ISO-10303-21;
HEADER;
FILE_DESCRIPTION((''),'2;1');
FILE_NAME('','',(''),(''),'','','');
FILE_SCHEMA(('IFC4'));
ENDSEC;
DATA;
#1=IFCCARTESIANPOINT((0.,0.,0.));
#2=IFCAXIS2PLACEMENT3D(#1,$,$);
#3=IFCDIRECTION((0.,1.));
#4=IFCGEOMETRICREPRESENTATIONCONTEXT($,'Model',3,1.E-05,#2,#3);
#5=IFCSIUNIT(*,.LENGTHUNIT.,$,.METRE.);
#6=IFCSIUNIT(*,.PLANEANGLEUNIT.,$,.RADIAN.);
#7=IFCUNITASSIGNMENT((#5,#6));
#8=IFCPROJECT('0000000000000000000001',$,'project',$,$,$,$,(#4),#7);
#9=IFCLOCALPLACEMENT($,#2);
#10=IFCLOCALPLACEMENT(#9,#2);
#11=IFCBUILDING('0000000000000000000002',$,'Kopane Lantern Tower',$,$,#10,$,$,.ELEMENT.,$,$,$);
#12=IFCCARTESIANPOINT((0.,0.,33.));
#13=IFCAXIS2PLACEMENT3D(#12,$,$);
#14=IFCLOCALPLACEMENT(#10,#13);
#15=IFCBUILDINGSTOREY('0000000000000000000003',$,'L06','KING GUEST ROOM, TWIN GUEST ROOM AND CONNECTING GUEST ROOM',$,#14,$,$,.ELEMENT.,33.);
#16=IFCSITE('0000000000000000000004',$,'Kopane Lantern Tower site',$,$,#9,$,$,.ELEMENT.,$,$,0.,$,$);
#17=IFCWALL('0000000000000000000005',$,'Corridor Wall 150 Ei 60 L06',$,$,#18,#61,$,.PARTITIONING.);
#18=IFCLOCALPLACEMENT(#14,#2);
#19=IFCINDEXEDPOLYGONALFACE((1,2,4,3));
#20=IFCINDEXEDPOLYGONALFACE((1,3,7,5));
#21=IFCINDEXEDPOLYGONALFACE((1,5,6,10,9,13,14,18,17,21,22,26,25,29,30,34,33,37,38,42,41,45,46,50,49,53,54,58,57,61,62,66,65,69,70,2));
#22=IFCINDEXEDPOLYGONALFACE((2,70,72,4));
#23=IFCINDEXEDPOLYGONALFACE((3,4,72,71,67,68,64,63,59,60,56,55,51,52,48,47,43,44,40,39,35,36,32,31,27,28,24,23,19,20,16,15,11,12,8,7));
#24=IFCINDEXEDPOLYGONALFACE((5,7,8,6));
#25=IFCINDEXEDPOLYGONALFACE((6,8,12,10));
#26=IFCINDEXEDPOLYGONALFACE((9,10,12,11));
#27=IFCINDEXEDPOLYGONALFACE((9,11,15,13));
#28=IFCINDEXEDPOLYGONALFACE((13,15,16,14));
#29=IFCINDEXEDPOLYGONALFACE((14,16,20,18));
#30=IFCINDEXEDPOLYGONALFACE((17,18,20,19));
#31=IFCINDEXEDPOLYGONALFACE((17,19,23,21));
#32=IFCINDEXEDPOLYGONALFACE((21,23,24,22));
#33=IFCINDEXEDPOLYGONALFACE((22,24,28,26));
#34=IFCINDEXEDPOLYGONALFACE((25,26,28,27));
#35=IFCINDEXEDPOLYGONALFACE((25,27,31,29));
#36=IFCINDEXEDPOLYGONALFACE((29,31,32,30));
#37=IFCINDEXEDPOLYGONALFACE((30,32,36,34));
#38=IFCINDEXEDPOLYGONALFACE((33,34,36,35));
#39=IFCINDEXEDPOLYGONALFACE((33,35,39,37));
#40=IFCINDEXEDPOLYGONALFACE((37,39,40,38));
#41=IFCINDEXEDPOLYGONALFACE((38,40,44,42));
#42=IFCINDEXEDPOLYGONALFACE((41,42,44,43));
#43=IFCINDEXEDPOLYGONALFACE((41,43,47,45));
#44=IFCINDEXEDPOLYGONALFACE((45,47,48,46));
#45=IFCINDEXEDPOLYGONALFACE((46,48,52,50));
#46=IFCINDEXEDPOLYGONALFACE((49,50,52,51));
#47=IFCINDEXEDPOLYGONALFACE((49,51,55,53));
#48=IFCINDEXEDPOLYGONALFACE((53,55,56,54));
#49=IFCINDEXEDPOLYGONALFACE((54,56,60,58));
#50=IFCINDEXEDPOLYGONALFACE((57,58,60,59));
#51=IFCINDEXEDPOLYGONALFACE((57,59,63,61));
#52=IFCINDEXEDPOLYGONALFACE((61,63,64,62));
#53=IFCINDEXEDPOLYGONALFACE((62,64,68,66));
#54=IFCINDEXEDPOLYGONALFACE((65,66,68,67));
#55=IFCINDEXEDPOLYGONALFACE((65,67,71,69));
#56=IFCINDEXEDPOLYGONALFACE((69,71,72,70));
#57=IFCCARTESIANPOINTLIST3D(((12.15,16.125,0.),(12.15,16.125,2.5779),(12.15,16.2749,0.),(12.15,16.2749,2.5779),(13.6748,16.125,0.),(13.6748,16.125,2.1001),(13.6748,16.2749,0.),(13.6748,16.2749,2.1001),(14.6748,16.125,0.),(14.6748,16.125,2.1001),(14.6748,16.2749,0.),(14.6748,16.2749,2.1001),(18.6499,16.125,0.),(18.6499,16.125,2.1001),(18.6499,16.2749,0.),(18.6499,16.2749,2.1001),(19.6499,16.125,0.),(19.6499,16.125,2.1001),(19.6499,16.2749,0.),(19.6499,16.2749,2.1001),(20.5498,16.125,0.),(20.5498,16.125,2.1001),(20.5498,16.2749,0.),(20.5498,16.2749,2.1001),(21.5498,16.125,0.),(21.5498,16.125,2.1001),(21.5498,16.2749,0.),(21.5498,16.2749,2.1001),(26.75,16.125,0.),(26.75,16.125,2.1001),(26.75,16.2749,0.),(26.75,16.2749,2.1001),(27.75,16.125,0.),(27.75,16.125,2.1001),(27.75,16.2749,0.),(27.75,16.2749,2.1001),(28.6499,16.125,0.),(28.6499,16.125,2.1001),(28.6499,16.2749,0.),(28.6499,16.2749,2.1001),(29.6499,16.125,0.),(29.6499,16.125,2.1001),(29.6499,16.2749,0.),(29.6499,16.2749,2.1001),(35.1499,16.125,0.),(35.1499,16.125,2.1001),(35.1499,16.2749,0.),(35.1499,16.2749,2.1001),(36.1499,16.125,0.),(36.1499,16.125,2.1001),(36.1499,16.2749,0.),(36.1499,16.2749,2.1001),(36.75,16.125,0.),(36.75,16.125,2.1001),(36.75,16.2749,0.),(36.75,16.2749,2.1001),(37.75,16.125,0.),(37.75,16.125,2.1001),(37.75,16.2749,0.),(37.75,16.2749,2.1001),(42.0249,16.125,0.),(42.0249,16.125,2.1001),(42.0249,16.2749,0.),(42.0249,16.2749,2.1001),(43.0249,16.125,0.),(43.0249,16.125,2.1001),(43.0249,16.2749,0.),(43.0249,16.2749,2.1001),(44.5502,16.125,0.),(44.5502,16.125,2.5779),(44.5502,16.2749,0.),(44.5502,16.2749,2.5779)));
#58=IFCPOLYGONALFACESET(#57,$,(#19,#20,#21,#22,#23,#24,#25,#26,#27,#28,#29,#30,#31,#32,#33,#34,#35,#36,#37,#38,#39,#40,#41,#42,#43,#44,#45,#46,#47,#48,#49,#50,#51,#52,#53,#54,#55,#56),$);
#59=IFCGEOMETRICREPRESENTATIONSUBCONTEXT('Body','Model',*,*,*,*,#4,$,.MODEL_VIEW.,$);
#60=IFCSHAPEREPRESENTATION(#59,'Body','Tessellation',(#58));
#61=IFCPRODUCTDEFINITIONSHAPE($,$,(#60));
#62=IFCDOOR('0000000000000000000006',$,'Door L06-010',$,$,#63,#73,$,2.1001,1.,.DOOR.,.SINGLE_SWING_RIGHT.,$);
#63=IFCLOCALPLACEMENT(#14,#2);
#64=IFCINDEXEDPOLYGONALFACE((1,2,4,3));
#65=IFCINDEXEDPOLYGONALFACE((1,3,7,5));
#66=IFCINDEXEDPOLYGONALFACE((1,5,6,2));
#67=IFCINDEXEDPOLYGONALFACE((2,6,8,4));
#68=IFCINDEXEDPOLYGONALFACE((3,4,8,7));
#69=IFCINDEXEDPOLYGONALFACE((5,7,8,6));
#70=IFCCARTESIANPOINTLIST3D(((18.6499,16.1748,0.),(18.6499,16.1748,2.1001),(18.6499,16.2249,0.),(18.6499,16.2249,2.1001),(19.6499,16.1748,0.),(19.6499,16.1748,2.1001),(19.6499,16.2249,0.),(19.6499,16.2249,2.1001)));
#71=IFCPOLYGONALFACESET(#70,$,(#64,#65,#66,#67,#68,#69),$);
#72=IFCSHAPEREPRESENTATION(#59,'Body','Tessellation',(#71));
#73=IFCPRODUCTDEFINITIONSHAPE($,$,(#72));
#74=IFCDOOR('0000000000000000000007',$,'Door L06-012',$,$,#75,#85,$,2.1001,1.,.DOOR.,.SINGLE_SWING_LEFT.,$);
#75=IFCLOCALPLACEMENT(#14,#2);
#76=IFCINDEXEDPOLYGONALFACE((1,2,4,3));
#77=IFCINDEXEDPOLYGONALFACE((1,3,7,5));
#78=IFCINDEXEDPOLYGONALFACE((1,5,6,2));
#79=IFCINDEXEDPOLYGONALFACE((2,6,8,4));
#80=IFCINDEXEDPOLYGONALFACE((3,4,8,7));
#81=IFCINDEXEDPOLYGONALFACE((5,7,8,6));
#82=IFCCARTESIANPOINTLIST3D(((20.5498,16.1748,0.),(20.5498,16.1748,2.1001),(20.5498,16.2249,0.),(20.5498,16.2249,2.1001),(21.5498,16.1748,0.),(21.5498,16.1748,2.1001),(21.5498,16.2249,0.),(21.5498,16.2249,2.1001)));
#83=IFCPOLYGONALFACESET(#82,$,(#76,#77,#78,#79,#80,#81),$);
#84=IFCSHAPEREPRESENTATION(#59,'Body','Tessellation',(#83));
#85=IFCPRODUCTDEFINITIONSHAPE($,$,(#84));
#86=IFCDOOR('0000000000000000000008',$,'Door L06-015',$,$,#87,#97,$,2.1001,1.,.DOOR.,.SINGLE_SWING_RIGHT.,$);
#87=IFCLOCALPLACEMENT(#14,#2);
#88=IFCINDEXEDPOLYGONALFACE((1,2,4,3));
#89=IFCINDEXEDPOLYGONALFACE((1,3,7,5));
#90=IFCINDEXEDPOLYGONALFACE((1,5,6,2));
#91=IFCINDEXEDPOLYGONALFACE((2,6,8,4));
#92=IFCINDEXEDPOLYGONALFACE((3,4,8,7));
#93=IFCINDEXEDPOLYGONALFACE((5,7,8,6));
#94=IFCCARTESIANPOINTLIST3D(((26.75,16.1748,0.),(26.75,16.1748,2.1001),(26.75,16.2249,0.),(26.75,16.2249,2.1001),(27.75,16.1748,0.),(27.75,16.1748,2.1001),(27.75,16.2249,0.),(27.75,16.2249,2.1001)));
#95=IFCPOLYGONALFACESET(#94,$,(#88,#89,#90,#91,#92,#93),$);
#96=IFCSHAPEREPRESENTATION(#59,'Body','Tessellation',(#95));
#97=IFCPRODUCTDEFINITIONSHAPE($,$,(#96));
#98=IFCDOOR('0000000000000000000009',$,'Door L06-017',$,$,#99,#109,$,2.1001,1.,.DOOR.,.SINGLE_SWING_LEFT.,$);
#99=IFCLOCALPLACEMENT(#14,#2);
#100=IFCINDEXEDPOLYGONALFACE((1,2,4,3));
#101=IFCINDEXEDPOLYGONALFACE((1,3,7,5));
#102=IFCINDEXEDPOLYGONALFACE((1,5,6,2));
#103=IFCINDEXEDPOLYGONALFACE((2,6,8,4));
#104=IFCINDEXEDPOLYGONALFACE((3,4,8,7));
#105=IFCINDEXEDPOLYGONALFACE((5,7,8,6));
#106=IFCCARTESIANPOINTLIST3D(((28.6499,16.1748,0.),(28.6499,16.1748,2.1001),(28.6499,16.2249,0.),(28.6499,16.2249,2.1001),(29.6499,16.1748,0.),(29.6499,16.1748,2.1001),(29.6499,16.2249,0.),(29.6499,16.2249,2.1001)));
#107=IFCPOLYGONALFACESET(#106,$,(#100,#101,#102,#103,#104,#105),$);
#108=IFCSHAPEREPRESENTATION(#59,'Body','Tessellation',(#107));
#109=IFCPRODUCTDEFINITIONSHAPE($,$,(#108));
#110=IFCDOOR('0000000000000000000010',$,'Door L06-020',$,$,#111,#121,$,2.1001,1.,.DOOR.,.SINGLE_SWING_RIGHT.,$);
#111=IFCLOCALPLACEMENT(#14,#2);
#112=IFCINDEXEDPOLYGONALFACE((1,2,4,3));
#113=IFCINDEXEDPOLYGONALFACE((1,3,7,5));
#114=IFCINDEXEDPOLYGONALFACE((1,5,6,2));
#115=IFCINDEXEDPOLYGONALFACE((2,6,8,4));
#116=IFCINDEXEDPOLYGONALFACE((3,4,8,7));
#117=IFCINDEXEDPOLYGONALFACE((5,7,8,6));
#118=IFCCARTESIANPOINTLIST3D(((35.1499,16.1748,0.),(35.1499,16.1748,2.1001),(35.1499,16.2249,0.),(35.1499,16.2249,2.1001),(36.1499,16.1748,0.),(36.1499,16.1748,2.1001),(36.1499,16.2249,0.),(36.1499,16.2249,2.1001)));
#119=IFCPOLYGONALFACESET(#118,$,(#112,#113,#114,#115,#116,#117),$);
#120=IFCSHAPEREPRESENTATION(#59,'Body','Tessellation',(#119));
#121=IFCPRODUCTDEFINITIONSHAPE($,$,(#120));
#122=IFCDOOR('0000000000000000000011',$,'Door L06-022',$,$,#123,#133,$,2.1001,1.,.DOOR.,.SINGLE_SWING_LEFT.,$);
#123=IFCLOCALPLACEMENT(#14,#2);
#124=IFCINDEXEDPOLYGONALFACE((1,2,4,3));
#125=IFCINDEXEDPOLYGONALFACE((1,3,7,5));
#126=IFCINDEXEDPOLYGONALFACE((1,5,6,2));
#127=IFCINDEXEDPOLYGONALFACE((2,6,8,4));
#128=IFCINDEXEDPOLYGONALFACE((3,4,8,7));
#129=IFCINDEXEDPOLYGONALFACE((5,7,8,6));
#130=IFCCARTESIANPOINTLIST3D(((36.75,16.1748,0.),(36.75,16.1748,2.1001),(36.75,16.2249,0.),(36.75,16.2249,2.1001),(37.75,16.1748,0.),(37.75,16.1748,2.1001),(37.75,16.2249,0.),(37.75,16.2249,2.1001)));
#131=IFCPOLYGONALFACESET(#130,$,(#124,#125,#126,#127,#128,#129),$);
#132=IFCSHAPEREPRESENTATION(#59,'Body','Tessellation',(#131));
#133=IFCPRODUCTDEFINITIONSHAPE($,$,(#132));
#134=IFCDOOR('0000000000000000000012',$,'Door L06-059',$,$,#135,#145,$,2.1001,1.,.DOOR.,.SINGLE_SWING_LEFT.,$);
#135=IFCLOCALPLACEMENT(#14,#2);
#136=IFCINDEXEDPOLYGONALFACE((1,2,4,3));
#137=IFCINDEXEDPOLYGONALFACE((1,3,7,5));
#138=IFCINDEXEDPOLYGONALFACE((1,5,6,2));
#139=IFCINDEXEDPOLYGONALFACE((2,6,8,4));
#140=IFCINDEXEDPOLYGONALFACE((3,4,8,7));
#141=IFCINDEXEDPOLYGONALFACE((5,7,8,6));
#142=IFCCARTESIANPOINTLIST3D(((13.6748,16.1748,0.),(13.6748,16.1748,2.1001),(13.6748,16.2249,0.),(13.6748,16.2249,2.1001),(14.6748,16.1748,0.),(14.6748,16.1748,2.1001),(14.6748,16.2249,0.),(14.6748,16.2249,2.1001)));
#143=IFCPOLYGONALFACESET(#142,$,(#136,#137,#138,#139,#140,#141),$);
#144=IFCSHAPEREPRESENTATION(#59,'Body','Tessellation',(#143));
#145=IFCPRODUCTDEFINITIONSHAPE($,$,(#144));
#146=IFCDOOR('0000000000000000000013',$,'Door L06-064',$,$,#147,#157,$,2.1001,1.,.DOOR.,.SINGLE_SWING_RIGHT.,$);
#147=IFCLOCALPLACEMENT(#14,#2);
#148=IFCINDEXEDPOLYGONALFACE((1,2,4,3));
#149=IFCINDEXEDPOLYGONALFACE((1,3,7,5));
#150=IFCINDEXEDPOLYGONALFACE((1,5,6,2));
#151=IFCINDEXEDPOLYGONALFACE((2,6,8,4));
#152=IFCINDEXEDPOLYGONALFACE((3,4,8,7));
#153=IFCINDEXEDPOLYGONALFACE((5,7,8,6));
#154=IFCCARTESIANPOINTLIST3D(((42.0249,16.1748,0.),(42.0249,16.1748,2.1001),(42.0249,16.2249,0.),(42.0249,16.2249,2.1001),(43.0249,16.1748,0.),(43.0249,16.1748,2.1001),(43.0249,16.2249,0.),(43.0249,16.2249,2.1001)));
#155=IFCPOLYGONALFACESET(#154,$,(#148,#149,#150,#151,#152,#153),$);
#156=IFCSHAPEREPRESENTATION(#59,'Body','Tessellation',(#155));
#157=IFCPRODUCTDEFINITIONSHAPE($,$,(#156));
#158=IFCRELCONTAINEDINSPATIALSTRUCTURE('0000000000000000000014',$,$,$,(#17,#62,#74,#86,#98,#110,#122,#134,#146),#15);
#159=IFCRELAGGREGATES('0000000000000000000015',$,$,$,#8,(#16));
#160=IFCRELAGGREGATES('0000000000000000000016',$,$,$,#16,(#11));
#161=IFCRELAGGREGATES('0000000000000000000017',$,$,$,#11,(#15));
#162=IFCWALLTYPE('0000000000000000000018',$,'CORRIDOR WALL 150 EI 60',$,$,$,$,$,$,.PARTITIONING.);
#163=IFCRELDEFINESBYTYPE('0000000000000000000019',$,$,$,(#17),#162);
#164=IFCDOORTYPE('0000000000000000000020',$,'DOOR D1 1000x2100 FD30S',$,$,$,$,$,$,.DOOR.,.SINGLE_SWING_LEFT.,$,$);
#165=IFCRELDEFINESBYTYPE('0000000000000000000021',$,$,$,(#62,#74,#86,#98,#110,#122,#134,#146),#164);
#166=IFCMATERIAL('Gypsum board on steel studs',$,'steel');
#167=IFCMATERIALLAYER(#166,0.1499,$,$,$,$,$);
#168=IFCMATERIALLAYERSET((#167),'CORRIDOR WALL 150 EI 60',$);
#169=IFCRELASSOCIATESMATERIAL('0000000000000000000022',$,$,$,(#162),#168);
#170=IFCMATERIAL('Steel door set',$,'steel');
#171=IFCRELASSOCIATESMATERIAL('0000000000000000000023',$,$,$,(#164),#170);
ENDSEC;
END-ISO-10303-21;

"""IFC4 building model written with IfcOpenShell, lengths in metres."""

from ifc_helpers import new_model, si_unit, direction, frame, frame_2d, origin, place, context, subcontext, project, spatial, rectangle, extrude, material, layer, layer_set, type_object, element, fill, save


model = new_model("IFC4")

# Units and contexts
model_context = context("Model", 3, precision=1e-05, world=origin(), true_north=direction((0.0, 1.0)))
body_context = subcontext(model_context, "Body", "Model", "MODEL_VIEW")
ifc_project = project(units=[si_unit("LENGTHUNIT", "METRE"), si_unit("PLANEANGLEUNIT", "RADIAN")], contexts=[model_context])

# Site, building, storey
site_placement = place(None, origin())
site = spatial("IfcSite", under=ifc_project, at=site_placement, Name="Kopane Lantern Tower site", CompositionType="ELEMENT", RefElevation=0.0)
building_placement = place(site_placement, origin())
building = spatial("IfcBuilding", under=site, at=building_placement, Name="Kopane Lantern Tower", CompositionType="ELEMENT")
storey_placement = place(building_placement, frame((0.0, 0.0, 33.0)))
storey = spatial("IfcBuildingStorey", under=building, at=storey_placement, Name="L06", Description="KING GUEST ROOM, TWIN GUEST ROOM AND CONNECTING GUEST ROOM", CompositionType="ELEMENT", Elevation=33.0)

# Wall, openings, doors
ifc_material_1 = material(Name="Gypsum board on steel studs", Category="steel")
ifc_layer_1 = layer(ifc_material_1, 0.1499)
ifc_layer_set_1 = layer_set([ifc_layer_1], Name="CORRIDOR WALL 150 EI 60")
wall_type_1 = type_object("IfcWallType", Name="CORRIDOR WALL 150 EI 60", PredefinedType="PARTITIONING", material=ifc_layer_set_1)
wall_1_placement = place(storey_placement, frame((12.1499, 16.2, 0.0), z_axis=(0.0, 0.0, 1.0), x_axis=(1.0, 0.0, 0.0)))
wall_1 = element("IfcWall", 1, at=wall_1_placement, inside=storey, type_object=wall_type_1, Name="Corridor Wall 150 Ei 60 L06", PredefinedType="PARTITIONING", context=body_context, shape_type="SweptSolid", body=[
    extrude(rectangle(XDim=32.4001, YDim=0.1499, at=frame_2d((16.2002, 0.0))), origin(), (0.0, 0.0, 1.0), 2.5779),
])
opening_1_placement = place(wall_1_placement, frame((6.5, 0.0, 0.0)))
opening_1 = element("IfcOpeningElement", 2, at=opening_1_placement, cuts=wall_1, PredefinedType="OPENING", context=body_context, shape_type="SweptSolid", body=[
    extrude(rectangle(XDim=1.0, YDim=2.1001, at=frame_2d((0.5, 1.05))), frame((0.0, 0.085, 0.0), z_axis=(0.0, -1.0, 0.0), x_axis=(1.0, 0.0, 0.0)), (0.0, 0.0, 1.0), 0.1699),
])
opening_2_placement = place(wall_1_placement, frame((8.3999, 0.0, 0.0)))
opening_2 = element("IfcOpeningElement", 3, at=opening_2_placement, cuts=wall_1, PredefinedType="OPENING", context=body_context, shape_type="SweptSolid", body=[
    extrude(rectangle(XDim=1.0, YDim=2.1001, at=frame_2d((0.5, 1.05))), frame((0.0, 0.085, 0.0), z_axis=(0.0, -1.0, 0.0), x_axis=(1.0, 0.0, 0.0)), (0.0, 0.0, 1.0), 0.1699),
])
opening_3_placement = place(wall_1_placement, frame((14.6001, 0.0, 0.0)))
opening_3 = element("IfcOpeningElement", 4, at=opening_3_placement, cuts=wall_1, PredefinedType="OPENING", context=body_context, shape_type="SweptSolid", body=[
    extrude(rectangle(XDim=1.0, YDim=2.1001, at=frame_2d((0.5, 1.05))), frame((0.0, 0.085, 0.0), z_axis=(0.0, -1.0, 0.0), x_axis=(1.0, 0.0, 0.0)), (0.0, 0.0, 1.0), 0.1699),
])
opening_4_placement = place(wall_1_placement, frame((16.5, 0.0, 0.0)))
opening_4 = element("IfcOpeningElement", 5, at=opening_4_placement, cuts=wall_1, PredefinedType="OPENING", context=body_context, shape_type="SweptSolid", body=[
    extrude(rectangle(XDim=1.0, YDim=2.1001, at=frame_2d((0.5, 1.05))), frame((0.0, 0.085, 0.0), z_axis=(0.0, -1.0, 0.0), x_axis=(1.0, 0.0, 0.0)), (0.0, 0.0, 1.0), 0.1699),
])
opening_5_placement = place(wall_1_placement, frame((23.0, 0.0, 0.0)))
opening_5 = element("IfcOpeningElement", 6, at=opening_5_placement, cuts=wall_1, PredefinedType="OPENING", context=body_context, shape_type="SweptSolid", body=[
    extrude(rectangle(XDim=1.0, YDim=2.1001, at=frame_2d((0.5, 1.05))), frame((0.0, 0.085, 0.0), z_axis=(0.0, -1.0, 0.0), x_axis=(1.0, 0.0, 0.0)), (0.0, 0.0, 1.0), 0.1699),
])
opening_6_placement = place(wall_1_placement, frame((24.6001, 0.0, 0.0)))
opening_6 = element("IfcOpeningElement", 7, at=opening_6_placement, cuts=wall_1, PredefinedType="OPENING", context=body_context, shape_type="SweptSolid", body=[
    extrude(rectangle(XDim=1.0, YDim=2.1001, at=frame_2d((0.5, 1.05))), frame((0.0, 0.085, 0.0), z_axis=(0.0, -1.0, 0.0), x_axis=(1.0, 0.0, 0.0)), (0.0, 0.0, 1.0), 0.1699),
])
opening_7_placement = place(wall_1_placement, frame((1.5249, 0.0, 0.0)))
opening_7 = element("IfcOpeningElement", 8, at=opening_7_placement, cuts=wall_1, PredefinedType="OPENING", context=body_context, shape_type="SweptSolid", body=[
    extrude(rectangle(XDim=1.0, YDim=2.1001, at=frame_2d((0.5, 1.05))), frame((0.0, 0.085, 0.0), z_axis=(0.0, -1.0, 0.0), x_axis=(1.0, 0.0, 0.0)), (0.0, 0.0, 1.0), 0.1699),
])
opening_8_placement = place(wall_1_placement, frame((29.875, 0.0, 0.0)))
opening_8 = element("IfcOpeningElement", 9, at=opening_8_placement, cuts=wall_1, PredefinedType="OPENING", context=body_context, shape_type="SweptSolid", body=[
    extrude(rectangle(XDim=1.0, YDim=2.1001, at=frame_2d((0.5, 1.05))), frame((0.0, 0.085, 0.0), z_axis=(0.0, -1.0, 0.0), x_axis=(1.0, 0.0, 0.0)), (0.0, 0.0, 1.0), 0.1699),
])
ifc_material_2 = material(Name="Steel door set", Category="steel")
door_type = type_object("IfcDoorType", Name="DOOR D1 1000x2100 FD30S", OperationType="SINGLE_SWING_LEFT", PredefinedType="DOOR", material=ifc_material_2)
door_1_placement = place(opening_1_placement, origin())
door_1 = element("IfcDoor", 10, at=door_1_placement, inside=storey, type_object=door_type, Name="Door L06-010", OperationType="SINGLE_SWING_RIGHT", OverallHeight=2.1001, OverallWidth=1.0, PredefinedType="DOOR", context=body_context, shape_type="SweptSolid", body=[
    extrude(rectangle(XDim=1.0, YDim=2.1001, at=frame_2d((0.5, 1.05))), frame((0.0, 0.0249, 0.0), z_axis=(0.0, -1.0, 0.0), x_axis=(1.0, 0.0, 0.0)), (0.0, 0.0, 1.0), 0.05),
])
fill(opening_1, door_1)
door_2_placement = place(opening_2_placement, origin())
door_2 = element("IfcDoor", 11, at=door_2_placement, inside=storey, type_object=door_type, Name="Door L06-012", OperationType="SINGLE_SWING_LEFT", OverallHeight=2.1001, OverallWidth=1.0, PredefinedType="DOOR", context=body_context, shape_type="SweptSolid", body=[
    extrude(rectangle(XDim=1.0, YDim=2.1001, at=frame_2d((0.5, 1.05))), frame((0.0, 0.0249, 0.0), z_axis=(0.0, -1.0, 0.0), x_axis=(1.0, 0.0, 0.0)), (0.0, 0.0, 1.0), 0.05),
])
fill(opening_2, door_2)
door_3_placement = place(opening_3_placement, origin())
door_3 = element("IfcDoor", 12, at=door_3_placement, inside=storey, type_object=door_type, Name="Door L06-015", OperationType="SINGLE_SWING_RIGHT", OverallHeight=2.1001, OverallWidth=1.0, PredefinedType="DOOR", context=body_context, shape_type="SweptSolid", body=[
    extrude(rectangle(XDim=1.0, YDim=2.1001, at=frame_2d((0.5, 1.05))), frame((0.0, 0.0249, 0.0), z_axis=(0.0, -1.0, 0.0), x_axis=(1.0, 0.0, 0.0)), (0.0, 0.0, 1.0), 0.05),
])
fill(opening_3, door_3)
door_4_placement = place(opening_4_placement, origin())
door_4 = element("IfcDoor", 13, at=door_4_placement, inside=storey, type_object=door_type, Name="Door L06-017", OperationType="SINGLE_SWING_LEFT", OverallHeight=2.1001, OverallWidth=1.0, PredefinedType="DOOR", context=body_context, shape_type="SweptSolid", body=[
    extrude(rectangle(XDim=1.0, YDim=2.1001, at=frame_2d((0.5, 1.05))), frame((0.0, 0.0249, 0.0), z_axis=(0.0, -1.0, 0.0), x_axis=(1.0, 0.0, 0.0)), (0.0, 0.0, 1.0), 0.05),
])
fill(opening_4, door_4)
door_5_placement = place(opening_5_placement, origin())
door_5 = element("IfcDoor", 14, at=door_5_placement, inside=storey, type_object=door_type, Name="Door L06-020", OperationType="SINGLE_SWING_RIGHT", OverallHeight=2.1001, OverallWidth=1.0, PredefinedType="DOOR", context=body_context, shape_type="SweptSolid", body=[
    extrude(rectangle(XDim=1.0, YDim=2.1001, at=frame_2d((0.5, 1.05))), frame((0.0, 0.0249, 0.0), z_axis=(0.0, -1.0, 0.0), x_axis=(1.0, 0.0, 0.0)), (0.0, 0.0, 1.0), 0.05),
])
fill(opening_5, door_5)
door_6_placement = place(opening_6_placement, origin())
door_6 = element("IfcDoor", 15, at=door_6_placement, inside=storey, type_object=door_type, Name="Door L06-022", OperationType="SINGLE_SWING_LEFT", OverallHeight=2.1001, OverallWidth=1.0, PredefinedType="DOOR", context=body_context, shape_type="SweptSolid", body=[
    extrude(rectangle(XDim=1.0, YDim=2.1001, at=frame_2d((0.5, 1.05))), frame((0.0, 0.0249, 0.0), z_axis=(0.0, -1.0, 0.0), x_axis=(1.0, 0.0, 0.0)), (0.0, 0.0, 1.0), 0.05),
])
fill(opening_6, door_6)
door_7_placement = place(opening_7_placement, origin())
door_7 = element("IfcDoor", 16, at=door_7_placement, inside=storey, type_object=door_type, Name="Door L06-059", OperationType="SINGLE_SWING_LEFT", OverallHeight=2.1001, OverallWidth=1.0, PredefinedType="DOOR", context=body_context, shape_type="SweptSolid", body=[
    extrude(rectangle(XDim=1.0, YDim=2.1001, at=frame_2d((0.5, 1.05))), frame((0.0, 0.0249, 0.0), z_axis=(0.0, -1.0, 0.0), x_axis=(1.0, 0.0, 0.0)), (0.0, 0.0, 1.0), 0.05),
])
fill(opening_7, door_7)
door_8_placement = place(opening_8_placement, origin())
door_8 = element("IfcDoor", 17, at=door_8_placement, inside=storey, type_object=door_type, Name="Door L06-064", OperationType="SINGLE_SWING_RIGHT", OverallHeight=2.1001, OverallWidth=1.0, PredefinedType="DOOR", context=body_context, shape_type="SweptSolid", body=[
    extrude(rectangle(XDim=1.0, YDim=2.1001, at=frame_2d((0.5, 1.05))), frame((0.0, 0.0249, 0.0), z_axis=(0.0, -1.0, 0.0), x_axis=(1.0, 0.0, 0.0)), (0.0, 0.0, 1.0), 0.05),
])
fill(opening_8, door_8)

save(model, "model.ifc")
